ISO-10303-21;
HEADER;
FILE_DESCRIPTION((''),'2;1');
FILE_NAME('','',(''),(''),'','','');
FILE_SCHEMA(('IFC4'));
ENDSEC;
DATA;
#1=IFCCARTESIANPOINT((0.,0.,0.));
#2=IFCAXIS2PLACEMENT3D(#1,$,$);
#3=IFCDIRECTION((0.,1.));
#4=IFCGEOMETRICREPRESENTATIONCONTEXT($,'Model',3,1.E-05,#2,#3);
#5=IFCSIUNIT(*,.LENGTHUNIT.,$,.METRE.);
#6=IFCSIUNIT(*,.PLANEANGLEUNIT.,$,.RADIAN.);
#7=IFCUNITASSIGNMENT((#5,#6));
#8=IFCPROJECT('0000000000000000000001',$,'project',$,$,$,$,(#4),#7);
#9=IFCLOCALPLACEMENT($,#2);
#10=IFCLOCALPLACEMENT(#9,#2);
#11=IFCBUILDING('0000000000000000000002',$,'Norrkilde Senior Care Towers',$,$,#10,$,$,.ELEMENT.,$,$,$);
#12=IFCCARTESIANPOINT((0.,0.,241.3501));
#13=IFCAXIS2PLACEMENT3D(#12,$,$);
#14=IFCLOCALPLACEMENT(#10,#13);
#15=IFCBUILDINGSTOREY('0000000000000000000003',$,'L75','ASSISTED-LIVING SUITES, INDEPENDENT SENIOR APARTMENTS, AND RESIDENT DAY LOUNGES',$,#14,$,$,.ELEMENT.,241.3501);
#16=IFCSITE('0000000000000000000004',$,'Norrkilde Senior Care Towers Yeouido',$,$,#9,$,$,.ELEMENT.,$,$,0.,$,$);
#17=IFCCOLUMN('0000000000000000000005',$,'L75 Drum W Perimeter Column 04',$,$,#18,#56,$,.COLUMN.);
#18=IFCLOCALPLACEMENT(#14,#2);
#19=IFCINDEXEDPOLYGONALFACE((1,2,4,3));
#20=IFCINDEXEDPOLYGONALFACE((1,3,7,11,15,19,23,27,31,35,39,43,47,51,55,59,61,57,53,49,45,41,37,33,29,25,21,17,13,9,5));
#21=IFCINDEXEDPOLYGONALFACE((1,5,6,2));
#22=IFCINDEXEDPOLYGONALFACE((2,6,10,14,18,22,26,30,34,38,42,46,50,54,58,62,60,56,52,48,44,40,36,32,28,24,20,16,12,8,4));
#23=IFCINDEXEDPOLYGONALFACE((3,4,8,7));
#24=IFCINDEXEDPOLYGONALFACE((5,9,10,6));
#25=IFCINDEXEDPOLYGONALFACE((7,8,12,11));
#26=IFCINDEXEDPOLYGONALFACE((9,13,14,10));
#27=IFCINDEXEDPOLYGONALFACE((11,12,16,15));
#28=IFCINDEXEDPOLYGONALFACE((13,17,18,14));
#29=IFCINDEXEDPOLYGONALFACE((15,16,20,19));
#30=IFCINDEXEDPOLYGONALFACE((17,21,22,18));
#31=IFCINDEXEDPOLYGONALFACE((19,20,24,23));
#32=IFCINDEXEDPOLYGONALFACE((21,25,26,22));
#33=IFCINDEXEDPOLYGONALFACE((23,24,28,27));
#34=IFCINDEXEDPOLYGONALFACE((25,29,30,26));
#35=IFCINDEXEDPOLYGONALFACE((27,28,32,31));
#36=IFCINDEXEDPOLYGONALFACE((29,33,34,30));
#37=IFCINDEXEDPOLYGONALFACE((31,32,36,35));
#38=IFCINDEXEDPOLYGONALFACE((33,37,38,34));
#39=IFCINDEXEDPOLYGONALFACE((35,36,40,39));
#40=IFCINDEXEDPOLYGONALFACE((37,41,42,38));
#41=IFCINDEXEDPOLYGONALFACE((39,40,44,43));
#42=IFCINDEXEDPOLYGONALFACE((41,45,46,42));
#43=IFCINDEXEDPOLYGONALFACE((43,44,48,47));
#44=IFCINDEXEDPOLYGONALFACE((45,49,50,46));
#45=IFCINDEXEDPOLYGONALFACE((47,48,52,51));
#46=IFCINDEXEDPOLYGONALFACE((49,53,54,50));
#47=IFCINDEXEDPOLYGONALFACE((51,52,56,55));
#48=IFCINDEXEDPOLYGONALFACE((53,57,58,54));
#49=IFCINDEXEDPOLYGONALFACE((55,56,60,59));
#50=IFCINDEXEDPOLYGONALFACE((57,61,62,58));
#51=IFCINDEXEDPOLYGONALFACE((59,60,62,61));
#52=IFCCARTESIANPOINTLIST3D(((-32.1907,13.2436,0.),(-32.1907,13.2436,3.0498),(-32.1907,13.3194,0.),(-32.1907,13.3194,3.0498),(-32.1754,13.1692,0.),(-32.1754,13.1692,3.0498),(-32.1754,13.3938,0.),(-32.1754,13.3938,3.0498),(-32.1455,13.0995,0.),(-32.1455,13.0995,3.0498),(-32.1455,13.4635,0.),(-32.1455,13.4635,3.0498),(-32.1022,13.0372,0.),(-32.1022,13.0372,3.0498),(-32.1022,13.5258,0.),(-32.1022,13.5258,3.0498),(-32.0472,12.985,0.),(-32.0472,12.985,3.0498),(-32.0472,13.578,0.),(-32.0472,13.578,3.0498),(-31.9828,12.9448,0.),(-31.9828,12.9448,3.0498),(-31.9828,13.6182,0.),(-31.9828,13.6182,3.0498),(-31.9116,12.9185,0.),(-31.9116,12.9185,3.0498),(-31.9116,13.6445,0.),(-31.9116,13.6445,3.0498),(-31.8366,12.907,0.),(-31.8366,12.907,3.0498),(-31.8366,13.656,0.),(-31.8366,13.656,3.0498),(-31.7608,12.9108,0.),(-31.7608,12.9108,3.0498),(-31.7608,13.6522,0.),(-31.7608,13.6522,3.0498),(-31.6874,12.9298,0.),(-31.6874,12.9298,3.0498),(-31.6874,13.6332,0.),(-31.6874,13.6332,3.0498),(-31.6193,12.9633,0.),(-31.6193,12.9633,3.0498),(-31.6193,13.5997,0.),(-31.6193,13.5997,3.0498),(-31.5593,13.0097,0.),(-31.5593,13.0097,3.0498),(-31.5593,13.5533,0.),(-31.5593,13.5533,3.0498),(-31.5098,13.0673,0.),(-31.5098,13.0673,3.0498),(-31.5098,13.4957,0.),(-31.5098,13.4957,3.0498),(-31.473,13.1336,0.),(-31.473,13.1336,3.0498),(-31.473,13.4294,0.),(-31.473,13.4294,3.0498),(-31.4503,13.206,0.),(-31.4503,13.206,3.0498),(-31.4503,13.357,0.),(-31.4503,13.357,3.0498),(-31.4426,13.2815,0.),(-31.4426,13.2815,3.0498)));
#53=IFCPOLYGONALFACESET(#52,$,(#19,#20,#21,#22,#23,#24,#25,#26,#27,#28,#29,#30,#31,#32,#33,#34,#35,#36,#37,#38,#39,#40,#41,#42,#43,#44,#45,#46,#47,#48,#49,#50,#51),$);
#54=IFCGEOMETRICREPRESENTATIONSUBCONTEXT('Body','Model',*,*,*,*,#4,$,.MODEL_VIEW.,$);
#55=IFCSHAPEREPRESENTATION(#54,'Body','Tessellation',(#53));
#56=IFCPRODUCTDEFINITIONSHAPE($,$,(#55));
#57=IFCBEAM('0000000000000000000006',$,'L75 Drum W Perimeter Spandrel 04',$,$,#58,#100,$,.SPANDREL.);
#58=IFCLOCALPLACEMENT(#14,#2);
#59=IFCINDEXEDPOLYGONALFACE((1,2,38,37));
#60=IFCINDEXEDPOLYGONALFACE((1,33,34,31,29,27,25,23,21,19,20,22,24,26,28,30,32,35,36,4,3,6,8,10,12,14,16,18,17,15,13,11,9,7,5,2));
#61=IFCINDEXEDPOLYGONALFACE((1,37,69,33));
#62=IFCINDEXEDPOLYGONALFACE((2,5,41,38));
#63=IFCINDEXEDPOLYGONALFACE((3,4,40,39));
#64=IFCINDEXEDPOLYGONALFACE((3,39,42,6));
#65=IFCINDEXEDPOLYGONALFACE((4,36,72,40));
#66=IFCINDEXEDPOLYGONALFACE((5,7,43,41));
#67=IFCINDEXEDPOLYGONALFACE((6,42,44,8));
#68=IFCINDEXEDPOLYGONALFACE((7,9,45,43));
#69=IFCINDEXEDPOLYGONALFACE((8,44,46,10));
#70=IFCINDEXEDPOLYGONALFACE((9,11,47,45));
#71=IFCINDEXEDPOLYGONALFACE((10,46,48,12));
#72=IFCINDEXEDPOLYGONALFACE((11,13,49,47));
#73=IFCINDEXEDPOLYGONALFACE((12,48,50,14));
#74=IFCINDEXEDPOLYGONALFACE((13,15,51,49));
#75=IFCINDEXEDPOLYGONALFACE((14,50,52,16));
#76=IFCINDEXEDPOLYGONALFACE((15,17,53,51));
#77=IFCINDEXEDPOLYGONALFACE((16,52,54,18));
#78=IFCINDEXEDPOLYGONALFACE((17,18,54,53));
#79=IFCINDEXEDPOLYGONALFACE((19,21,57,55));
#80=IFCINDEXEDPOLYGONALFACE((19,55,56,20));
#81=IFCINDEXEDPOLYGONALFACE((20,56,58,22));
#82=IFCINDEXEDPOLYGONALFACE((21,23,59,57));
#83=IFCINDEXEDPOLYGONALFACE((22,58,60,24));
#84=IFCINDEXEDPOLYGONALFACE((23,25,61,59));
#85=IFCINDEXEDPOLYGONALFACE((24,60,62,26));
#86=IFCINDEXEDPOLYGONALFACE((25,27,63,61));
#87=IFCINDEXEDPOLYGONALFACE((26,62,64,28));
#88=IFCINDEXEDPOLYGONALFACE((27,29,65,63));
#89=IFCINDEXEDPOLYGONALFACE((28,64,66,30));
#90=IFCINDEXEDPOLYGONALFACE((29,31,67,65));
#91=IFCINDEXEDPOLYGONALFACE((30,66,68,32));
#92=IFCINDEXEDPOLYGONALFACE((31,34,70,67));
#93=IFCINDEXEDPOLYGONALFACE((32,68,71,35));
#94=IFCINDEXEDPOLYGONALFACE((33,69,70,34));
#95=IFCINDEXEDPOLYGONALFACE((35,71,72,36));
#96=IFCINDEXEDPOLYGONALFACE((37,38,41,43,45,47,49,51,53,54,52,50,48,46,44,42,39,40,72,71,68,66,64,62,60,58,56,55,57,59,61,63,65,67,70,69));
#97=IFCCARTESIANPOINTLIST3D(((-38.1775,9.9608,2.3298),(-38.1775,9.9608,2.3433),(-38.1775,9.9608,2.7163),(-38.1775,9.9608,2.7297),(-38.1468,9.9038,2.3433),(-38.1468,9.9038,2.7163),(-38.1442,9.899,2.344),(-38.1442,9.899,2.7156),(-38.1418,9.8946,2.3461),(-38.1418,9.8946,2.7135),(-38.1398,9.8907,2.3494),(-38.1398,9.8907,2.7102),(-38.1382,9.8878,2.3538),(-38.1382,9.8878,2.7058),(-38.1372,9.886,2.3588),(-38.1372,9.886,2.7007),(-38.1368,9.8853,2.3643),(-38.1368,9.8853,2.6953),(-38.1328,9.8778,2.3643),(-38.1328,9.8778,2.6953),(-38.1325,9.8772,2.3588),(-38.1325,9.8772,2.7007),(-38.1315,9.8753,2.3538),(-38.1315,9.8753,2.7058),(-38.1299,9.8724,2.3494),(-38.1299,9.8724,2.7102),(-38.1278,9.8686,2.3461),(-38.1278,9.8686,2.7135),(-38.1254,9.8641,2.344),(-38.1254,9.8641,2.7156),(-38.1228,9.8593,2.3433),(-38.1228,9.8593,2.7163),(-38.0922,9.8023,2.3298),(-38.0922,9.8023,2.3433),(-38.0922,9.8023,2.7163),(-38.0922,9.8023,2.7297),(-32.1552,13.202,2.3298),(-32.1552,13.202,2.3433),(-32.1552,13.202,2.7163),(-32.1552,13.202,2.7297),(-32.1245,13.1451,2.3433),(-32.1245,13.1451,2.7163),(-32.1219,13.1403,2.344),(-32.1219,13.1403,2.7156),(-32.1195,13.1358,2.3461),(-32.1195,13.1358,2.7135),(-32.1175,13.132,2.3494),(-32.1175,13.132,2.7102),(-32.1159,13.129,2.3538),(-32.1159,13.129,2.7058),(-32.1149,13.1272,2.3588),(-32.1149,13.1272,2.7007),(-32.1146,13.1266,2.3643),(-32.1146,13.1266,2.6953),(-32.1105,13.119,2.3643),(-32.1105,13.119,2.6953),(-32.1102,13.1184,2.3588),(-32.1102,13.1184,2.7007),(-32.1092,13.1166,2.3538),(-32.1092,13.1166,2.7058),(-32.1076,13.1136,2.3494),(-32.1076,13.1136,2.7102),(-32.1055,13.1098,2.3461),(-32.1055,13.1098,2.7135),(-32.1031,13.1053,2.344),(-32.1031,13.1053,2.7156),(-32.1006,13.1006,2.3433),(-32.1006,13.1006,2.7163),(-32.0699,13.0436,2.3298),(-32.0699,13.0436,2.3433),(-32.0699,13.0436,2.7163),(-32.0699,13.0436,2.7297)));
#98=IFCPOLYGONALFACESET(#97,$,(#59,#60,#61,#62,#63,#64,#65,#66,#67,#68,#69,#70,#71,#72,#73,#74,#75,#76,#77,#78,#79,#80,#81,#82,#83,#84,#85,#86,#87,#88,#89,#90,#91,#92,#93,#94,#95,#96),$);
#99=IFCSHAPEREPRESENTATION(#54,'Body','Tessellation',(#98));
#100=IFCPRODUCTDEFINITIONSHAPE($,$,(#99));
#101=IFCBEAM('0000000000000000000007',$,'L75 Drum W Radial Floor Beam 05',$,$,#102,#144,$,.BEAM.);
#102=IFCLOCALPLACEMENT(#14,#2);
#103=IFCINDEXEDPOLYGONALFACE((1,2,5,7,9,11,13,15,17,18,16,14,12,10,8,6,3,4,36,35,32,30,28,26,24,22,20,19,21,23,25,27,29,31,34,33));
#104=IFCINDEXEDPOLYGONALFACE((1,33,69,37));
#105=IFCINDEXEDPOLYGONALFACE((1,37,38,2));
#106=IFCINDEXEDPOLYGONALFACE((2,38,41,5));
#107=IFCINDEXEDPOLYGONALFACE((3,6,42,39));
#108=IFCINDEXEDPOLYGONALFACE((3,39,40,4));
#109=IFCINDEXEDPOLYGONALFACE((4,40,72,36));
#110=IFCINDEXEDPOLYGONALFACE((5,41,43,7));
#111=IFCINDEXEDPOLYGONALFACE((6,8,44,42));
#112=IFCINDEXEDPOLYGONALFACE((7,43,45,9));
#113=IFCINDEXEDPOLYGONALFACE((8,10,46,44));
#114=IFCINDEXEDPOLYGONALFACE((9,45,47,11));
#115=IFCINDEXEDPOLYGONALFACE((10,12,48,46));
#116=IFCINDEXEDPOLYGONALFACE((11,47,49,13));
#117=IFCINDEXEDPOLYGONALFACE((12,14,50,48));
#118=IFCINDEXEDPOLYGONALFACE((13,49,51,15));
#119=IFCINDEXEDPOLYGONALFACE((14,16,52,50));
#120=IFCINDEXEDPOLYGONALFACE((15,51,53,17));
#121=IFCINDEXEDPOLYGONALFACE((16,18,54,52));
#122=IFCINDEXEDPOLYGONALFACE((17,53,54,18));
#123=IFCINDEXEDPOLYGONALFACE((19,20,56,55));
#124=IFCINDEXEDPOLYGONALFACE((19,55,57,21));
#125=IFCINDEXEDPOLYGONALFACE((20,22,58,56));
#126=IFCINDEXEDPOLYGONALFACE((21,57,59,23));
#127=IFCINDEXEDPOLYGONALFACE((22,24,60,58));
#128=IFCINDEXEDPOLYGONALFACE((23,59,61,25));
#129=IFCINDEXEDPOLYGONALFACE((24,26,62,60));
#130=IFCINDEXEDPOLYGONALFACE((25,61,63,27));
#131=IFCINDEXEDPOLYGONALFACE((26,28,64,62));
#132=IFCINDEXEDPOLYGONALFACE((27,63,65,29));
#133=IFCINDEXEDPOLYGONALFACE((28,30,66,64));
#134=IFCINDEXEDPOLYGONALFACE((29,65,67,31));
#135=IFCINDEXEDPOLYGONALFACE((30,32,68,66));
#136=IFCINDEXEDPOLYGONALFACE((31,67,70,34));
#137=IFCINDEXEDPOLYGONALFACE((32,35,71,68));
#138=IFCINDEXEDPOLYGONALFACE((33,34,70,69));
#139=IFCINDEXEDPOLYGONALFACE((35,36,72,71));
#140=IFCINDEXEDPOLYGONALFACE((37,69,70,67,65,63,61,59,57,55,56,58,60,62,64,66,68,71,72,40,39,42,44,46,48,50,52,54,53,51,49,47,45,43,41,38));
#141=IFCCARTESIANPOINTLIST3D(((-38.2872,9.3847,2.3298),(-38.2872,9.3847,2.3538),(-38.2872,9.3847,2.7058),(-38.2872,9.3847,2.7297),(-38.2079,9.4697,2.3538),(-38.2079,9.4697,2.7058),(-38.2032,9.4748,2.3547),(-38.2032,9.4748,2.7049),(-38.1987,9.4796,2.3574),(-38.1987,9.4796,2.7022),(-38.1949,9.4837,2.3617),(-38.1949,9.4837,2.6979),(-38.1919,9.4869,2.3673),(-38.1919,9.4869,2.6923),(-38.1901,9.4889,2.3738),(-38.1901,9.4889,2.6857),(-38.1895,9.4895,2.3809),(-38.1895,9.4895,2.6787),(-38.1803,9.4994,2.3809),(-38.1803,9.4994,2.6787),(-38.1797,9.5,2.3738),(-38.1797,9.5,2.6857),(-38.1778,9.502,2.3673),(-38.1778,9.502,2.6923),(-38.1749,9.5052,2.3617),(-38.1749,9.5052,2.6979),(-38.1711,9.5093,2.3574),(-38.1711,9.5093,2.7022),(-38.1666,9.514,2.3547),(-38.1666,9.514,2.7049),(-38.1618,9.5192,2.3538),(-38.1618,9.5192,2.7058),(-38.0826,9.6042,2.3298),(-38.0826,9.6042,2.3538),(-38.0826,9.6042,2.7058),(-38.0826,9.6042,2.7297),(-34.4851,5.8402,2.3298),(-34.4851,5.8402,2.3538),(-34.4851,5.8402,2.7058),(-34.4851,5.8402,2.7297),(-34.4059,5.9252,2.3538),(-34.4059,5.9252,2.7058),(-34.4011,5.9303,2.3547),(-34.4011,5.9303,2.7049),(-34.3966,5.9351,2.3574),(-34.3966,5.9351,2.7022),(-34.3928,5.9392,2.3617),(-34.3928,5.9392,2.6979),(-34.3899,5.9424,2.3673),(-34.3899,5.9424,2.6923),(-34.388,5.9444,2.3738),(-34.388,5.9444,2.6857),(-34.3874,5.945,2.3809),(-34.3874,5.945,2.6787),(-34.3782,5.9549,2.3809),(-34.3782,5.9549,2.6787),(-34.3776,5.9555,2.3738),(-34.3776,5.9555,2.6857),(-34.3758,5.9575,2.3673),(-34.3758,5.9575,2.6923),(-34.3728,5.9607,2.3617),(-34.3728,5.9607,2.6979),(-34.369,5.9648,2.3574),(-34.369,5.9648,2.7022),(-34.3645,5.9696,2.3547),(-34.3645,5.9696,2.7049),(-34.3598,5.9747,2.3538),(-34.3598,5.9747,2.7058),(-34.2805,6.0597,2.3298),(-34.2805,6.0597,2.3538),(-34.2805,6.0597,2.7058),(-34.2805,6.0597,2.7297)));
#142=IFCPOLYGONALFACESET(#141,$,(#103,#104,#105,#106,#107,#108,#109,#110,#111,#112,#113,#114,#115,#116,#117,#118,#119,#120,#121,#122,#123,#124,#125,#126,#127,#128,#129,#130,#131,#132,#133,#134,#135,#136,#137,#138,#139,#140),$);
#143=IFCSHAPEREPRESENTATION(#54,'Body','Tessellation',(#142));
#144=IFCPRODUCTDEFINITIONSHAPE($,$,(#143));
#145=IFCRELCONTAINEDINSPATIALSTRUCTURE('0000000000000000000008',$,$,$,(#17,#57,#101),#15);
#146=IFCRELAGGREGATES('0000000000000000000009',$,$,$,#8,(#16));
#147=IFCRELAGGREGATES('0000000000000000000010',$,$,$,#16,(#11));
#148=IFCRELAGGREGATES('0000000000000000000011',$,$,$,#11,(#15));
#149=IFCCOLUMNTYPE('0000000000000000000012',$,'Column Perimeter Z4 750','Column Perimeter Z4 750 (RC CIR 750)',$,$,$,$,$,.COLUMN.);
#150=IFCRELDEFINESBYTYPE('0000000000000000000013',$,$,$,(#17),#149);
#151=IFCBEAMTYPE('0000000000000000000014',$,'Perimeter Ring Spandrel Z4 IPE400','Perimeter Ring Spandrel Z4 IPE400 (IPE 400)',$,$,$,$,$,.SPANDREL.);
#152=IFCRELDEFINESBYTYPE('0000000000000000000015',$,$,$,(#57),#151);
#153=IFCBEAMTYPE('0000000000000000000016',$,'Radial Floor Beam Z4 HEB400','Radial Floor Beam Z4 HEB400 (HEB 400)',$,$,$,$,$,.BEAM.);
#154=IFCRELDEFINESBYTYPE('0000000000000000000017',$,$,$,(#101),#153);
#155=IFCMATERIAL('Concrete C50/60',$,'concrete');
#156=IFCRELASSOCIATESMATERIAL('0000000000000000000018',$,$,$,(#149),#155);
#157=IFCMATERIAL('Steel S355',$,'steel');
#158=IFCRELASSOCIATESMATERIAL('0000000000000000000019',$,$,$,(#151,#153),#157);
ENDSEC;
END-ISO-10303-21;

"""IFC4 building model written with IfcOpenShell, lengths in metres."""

from ifc_helpers import new_model, si_unit, direction, frame, origin, origin_2d, place, context, subcontext, project, spatial, circle, i_section, extrude, source, transform, mapped, material, material_profile, profile_set, type_object, type_shapes, element, save


model = new_model("IFC4")

# Units and contexts
model_context = context("Model", 3, precision=1e-05, world=origin(), true_north=direction((0.0, 1.0)))
body_context = subcontext(model_context, "Body", "Model", "MODEL_VIEW")
ifc_project = project(units=[si_unit("LENGTHUNIT", "METRE"), si_unit("PLANEANGLEUNIT", "RADIAN")], contexts=[model_context])

# Site, building, storey
site_placement = place(None, origin())
site = spatial("IfcSite", under=ifc_project, at=site_placement, Name="Norrkilde Senior Care Towers Yeouido", CompositionType="ELEMENT", RefElevation=0.0)
building_placement = place(site_placement, origin())
building = spatial("IfcBuilding", under=site, at=building_placement, Name="Norrkilde Senior Care Towers", CompositionType="ELEMENT")
storey_placement = place(building_placement, frame((0.0, 0.0, 241.3501)))
storey = spatial("IfcBuildingStorey", under=building, at=storey_placement, Name="L75", Description="ASSISTED-LIVING SUITES, INDEPENDENT SENIOR APARTMENTS, AND RESIDENT DAY LOUNGES", CompositionType="ELEMENT", Elevation=241.3501)

# Column
ifc_material_1 = material(Name="Concrete C50/60", Category="concrete")
ifc_material_profile_1 = material_profile(ifc_material_1, circle(Radius=0.375, at=origin_2d()), Name="RC CIR 750")
ifc_profile_set_1 = profile_set([ifc_material_profile_1], Name="Concrete C50/60")
column_type = type_object("IfcColumnType", Name="Column Perimeter Z4 750", Description="Column Perimeter Z4 750 (RC CIR 750)", PredefinedType="COLUMN", material=ifc_profile_set_1)
shared_shape_1 = source(origin(), body_context, "Body", "SweptSolid", [
    extrude(circle(Radius=0.375, at=origin_2d()), origin(), (0.0, 0.0, 1.0), 3.0498),
])
type_shapes(column_type, [shared_shape_1])
column_placement = place(storey_placement, frame((-31.8176, 13.2815, 0.0), z_axis=(0.0, 0.0, 1.0), x_axis=(1.0, 0.0, 0.0)))
element("IfcColumn", 1, at=column_placement, inside=storey, type_object=column_type, Name="L75 Drum W Perimeter Column 04", PredefinedType="COLUMN", context=body_context, shape_type="MappedRepresentation", body=[
    mapped(shared_shape_1, transform((0.0, 0.0, 0.0), x_axis=(1.0, 0.0, 0.0), y_axis=(0.0, 1.0, 0.0), z_axis=(0.0, 0.0, 1.0), scale=1.0)),
])

# Beams
ifc_material_2 = material(Name="Steel S355", Category="steel")
ifc_material_profile_2 = material_profile(ifc_material_2, i_section(OverallWidth=0.1799, OverallDepth=0.3999, WebThickness=0.0085, FlangeThickness=0.0134, FilletRadius=0.021, at=origin_2d()), Name="IPE 400")
ifc_profile_set_2 = profile_set([ifc_material_profile_2], Name="Steel S355")
beam_type_1 = type_object("IfcBeamType", Name="Perimeter Ring Spandrel Z4 IPE400", Description="Perimeter Ring Spandrel Z4 IPE400 (IPE 400)", PredefinedType="SPANDREL", material=ifc_profile_set_2)
shared_shape_2 = source(origin(), body_context, "Body", "SweptSolid", [
    extrude(i_section(OverallWidth=0.1799, OverallDepth=0.3999, WebThickness=0.0085, FlangeThickness=0.0134, FilletRadius=0.021, at=origin_2d()), origin(), (0.0, 0.0, 1.0), 6.8391),
])
type_shapes(beam_type_1, [shared_shape_2])
beam_1_placement = place(storey_placement, frame((-32.1125, 13.1228, 2.5298), z_axis=(-0.880564, -0.473927, 0.0), x_axis=(0.473927, -0.880564, 0.0)))
element("IfcBeam", 2, at=beam_1_placement, inside=storey, type_object=beam_type_1, Name="L75 Drum W Perimeter Spandrel 04", PredefinedType="SPANDREL", context=body_context, shape_type="MappedRepresentation", body=[
    mapped(shared_shape_2, transform((0.0, 0.0, 0.0), x_axis=(1.0, 0.0, 0.0), y_axis=(0.0, 1.0, 0.0), z_axis=(0.0, 0.0, 1.0), scale=1.0)),
])
ifc_material_profile_3 = material_profile(ifc_material_2, i_section(OverallWidth=0.3, OverallDepth=0.3999, WebThickness=0.0134, FlangeThickness=0.0239, FilletRadius=0.0271, at=origin_2d()), Name="HEB 400")
ifc_profile_set_3 = profile_set([ifc_material_profile_3], Name="Steel S355")
beam_type_2 = type_object("IfcBeamType", Name="Radial Floor Beam Z4 HEB400", Description="Radial Floor Beam Z4 HEB400 (HEB 400)", PredefinedType="BEAM", material=ifc_profile_set_3)
shared_shape_3 = source(origin(), body_context, "Body", "SweptSolid", [
    extrude(i_section(OverallWidth=0.3, OverallDepth=0.3999, WebThickness=0.0134, FlangeThickness=0.0239, FilletRadius=0.0271, at=origin_2d()), origin(), (0.0, 0.0, 1.0), 5.198),
])
beam_2_placement = place(storey_placement, frame((-34.3828, 5.95, 2.5298), z_axis=(-0.731449, 0.681896, 0.0), x_axis=(-0.681896, -0.731449, 0.0)))
element("IfcBeam", 3, at=beam_2_placement, inside=storey, type_object=beam_type_2, Name="L75 Drum W Radial Floor Beam 05", PredefinedType="BEAM", context=body_context, shape_type="MappedRepresentation", body=[
    mapped(shared_shape_3, transform((0.0, 0.0, 0.0), x_axis=(1.0, 0.0, 0.0), y_axis=(0.0, 1.0, 0.0), z_axis=(0.0, 0.0, 1.0), scale=1.0)),
])

save(model, "model.ifc")
